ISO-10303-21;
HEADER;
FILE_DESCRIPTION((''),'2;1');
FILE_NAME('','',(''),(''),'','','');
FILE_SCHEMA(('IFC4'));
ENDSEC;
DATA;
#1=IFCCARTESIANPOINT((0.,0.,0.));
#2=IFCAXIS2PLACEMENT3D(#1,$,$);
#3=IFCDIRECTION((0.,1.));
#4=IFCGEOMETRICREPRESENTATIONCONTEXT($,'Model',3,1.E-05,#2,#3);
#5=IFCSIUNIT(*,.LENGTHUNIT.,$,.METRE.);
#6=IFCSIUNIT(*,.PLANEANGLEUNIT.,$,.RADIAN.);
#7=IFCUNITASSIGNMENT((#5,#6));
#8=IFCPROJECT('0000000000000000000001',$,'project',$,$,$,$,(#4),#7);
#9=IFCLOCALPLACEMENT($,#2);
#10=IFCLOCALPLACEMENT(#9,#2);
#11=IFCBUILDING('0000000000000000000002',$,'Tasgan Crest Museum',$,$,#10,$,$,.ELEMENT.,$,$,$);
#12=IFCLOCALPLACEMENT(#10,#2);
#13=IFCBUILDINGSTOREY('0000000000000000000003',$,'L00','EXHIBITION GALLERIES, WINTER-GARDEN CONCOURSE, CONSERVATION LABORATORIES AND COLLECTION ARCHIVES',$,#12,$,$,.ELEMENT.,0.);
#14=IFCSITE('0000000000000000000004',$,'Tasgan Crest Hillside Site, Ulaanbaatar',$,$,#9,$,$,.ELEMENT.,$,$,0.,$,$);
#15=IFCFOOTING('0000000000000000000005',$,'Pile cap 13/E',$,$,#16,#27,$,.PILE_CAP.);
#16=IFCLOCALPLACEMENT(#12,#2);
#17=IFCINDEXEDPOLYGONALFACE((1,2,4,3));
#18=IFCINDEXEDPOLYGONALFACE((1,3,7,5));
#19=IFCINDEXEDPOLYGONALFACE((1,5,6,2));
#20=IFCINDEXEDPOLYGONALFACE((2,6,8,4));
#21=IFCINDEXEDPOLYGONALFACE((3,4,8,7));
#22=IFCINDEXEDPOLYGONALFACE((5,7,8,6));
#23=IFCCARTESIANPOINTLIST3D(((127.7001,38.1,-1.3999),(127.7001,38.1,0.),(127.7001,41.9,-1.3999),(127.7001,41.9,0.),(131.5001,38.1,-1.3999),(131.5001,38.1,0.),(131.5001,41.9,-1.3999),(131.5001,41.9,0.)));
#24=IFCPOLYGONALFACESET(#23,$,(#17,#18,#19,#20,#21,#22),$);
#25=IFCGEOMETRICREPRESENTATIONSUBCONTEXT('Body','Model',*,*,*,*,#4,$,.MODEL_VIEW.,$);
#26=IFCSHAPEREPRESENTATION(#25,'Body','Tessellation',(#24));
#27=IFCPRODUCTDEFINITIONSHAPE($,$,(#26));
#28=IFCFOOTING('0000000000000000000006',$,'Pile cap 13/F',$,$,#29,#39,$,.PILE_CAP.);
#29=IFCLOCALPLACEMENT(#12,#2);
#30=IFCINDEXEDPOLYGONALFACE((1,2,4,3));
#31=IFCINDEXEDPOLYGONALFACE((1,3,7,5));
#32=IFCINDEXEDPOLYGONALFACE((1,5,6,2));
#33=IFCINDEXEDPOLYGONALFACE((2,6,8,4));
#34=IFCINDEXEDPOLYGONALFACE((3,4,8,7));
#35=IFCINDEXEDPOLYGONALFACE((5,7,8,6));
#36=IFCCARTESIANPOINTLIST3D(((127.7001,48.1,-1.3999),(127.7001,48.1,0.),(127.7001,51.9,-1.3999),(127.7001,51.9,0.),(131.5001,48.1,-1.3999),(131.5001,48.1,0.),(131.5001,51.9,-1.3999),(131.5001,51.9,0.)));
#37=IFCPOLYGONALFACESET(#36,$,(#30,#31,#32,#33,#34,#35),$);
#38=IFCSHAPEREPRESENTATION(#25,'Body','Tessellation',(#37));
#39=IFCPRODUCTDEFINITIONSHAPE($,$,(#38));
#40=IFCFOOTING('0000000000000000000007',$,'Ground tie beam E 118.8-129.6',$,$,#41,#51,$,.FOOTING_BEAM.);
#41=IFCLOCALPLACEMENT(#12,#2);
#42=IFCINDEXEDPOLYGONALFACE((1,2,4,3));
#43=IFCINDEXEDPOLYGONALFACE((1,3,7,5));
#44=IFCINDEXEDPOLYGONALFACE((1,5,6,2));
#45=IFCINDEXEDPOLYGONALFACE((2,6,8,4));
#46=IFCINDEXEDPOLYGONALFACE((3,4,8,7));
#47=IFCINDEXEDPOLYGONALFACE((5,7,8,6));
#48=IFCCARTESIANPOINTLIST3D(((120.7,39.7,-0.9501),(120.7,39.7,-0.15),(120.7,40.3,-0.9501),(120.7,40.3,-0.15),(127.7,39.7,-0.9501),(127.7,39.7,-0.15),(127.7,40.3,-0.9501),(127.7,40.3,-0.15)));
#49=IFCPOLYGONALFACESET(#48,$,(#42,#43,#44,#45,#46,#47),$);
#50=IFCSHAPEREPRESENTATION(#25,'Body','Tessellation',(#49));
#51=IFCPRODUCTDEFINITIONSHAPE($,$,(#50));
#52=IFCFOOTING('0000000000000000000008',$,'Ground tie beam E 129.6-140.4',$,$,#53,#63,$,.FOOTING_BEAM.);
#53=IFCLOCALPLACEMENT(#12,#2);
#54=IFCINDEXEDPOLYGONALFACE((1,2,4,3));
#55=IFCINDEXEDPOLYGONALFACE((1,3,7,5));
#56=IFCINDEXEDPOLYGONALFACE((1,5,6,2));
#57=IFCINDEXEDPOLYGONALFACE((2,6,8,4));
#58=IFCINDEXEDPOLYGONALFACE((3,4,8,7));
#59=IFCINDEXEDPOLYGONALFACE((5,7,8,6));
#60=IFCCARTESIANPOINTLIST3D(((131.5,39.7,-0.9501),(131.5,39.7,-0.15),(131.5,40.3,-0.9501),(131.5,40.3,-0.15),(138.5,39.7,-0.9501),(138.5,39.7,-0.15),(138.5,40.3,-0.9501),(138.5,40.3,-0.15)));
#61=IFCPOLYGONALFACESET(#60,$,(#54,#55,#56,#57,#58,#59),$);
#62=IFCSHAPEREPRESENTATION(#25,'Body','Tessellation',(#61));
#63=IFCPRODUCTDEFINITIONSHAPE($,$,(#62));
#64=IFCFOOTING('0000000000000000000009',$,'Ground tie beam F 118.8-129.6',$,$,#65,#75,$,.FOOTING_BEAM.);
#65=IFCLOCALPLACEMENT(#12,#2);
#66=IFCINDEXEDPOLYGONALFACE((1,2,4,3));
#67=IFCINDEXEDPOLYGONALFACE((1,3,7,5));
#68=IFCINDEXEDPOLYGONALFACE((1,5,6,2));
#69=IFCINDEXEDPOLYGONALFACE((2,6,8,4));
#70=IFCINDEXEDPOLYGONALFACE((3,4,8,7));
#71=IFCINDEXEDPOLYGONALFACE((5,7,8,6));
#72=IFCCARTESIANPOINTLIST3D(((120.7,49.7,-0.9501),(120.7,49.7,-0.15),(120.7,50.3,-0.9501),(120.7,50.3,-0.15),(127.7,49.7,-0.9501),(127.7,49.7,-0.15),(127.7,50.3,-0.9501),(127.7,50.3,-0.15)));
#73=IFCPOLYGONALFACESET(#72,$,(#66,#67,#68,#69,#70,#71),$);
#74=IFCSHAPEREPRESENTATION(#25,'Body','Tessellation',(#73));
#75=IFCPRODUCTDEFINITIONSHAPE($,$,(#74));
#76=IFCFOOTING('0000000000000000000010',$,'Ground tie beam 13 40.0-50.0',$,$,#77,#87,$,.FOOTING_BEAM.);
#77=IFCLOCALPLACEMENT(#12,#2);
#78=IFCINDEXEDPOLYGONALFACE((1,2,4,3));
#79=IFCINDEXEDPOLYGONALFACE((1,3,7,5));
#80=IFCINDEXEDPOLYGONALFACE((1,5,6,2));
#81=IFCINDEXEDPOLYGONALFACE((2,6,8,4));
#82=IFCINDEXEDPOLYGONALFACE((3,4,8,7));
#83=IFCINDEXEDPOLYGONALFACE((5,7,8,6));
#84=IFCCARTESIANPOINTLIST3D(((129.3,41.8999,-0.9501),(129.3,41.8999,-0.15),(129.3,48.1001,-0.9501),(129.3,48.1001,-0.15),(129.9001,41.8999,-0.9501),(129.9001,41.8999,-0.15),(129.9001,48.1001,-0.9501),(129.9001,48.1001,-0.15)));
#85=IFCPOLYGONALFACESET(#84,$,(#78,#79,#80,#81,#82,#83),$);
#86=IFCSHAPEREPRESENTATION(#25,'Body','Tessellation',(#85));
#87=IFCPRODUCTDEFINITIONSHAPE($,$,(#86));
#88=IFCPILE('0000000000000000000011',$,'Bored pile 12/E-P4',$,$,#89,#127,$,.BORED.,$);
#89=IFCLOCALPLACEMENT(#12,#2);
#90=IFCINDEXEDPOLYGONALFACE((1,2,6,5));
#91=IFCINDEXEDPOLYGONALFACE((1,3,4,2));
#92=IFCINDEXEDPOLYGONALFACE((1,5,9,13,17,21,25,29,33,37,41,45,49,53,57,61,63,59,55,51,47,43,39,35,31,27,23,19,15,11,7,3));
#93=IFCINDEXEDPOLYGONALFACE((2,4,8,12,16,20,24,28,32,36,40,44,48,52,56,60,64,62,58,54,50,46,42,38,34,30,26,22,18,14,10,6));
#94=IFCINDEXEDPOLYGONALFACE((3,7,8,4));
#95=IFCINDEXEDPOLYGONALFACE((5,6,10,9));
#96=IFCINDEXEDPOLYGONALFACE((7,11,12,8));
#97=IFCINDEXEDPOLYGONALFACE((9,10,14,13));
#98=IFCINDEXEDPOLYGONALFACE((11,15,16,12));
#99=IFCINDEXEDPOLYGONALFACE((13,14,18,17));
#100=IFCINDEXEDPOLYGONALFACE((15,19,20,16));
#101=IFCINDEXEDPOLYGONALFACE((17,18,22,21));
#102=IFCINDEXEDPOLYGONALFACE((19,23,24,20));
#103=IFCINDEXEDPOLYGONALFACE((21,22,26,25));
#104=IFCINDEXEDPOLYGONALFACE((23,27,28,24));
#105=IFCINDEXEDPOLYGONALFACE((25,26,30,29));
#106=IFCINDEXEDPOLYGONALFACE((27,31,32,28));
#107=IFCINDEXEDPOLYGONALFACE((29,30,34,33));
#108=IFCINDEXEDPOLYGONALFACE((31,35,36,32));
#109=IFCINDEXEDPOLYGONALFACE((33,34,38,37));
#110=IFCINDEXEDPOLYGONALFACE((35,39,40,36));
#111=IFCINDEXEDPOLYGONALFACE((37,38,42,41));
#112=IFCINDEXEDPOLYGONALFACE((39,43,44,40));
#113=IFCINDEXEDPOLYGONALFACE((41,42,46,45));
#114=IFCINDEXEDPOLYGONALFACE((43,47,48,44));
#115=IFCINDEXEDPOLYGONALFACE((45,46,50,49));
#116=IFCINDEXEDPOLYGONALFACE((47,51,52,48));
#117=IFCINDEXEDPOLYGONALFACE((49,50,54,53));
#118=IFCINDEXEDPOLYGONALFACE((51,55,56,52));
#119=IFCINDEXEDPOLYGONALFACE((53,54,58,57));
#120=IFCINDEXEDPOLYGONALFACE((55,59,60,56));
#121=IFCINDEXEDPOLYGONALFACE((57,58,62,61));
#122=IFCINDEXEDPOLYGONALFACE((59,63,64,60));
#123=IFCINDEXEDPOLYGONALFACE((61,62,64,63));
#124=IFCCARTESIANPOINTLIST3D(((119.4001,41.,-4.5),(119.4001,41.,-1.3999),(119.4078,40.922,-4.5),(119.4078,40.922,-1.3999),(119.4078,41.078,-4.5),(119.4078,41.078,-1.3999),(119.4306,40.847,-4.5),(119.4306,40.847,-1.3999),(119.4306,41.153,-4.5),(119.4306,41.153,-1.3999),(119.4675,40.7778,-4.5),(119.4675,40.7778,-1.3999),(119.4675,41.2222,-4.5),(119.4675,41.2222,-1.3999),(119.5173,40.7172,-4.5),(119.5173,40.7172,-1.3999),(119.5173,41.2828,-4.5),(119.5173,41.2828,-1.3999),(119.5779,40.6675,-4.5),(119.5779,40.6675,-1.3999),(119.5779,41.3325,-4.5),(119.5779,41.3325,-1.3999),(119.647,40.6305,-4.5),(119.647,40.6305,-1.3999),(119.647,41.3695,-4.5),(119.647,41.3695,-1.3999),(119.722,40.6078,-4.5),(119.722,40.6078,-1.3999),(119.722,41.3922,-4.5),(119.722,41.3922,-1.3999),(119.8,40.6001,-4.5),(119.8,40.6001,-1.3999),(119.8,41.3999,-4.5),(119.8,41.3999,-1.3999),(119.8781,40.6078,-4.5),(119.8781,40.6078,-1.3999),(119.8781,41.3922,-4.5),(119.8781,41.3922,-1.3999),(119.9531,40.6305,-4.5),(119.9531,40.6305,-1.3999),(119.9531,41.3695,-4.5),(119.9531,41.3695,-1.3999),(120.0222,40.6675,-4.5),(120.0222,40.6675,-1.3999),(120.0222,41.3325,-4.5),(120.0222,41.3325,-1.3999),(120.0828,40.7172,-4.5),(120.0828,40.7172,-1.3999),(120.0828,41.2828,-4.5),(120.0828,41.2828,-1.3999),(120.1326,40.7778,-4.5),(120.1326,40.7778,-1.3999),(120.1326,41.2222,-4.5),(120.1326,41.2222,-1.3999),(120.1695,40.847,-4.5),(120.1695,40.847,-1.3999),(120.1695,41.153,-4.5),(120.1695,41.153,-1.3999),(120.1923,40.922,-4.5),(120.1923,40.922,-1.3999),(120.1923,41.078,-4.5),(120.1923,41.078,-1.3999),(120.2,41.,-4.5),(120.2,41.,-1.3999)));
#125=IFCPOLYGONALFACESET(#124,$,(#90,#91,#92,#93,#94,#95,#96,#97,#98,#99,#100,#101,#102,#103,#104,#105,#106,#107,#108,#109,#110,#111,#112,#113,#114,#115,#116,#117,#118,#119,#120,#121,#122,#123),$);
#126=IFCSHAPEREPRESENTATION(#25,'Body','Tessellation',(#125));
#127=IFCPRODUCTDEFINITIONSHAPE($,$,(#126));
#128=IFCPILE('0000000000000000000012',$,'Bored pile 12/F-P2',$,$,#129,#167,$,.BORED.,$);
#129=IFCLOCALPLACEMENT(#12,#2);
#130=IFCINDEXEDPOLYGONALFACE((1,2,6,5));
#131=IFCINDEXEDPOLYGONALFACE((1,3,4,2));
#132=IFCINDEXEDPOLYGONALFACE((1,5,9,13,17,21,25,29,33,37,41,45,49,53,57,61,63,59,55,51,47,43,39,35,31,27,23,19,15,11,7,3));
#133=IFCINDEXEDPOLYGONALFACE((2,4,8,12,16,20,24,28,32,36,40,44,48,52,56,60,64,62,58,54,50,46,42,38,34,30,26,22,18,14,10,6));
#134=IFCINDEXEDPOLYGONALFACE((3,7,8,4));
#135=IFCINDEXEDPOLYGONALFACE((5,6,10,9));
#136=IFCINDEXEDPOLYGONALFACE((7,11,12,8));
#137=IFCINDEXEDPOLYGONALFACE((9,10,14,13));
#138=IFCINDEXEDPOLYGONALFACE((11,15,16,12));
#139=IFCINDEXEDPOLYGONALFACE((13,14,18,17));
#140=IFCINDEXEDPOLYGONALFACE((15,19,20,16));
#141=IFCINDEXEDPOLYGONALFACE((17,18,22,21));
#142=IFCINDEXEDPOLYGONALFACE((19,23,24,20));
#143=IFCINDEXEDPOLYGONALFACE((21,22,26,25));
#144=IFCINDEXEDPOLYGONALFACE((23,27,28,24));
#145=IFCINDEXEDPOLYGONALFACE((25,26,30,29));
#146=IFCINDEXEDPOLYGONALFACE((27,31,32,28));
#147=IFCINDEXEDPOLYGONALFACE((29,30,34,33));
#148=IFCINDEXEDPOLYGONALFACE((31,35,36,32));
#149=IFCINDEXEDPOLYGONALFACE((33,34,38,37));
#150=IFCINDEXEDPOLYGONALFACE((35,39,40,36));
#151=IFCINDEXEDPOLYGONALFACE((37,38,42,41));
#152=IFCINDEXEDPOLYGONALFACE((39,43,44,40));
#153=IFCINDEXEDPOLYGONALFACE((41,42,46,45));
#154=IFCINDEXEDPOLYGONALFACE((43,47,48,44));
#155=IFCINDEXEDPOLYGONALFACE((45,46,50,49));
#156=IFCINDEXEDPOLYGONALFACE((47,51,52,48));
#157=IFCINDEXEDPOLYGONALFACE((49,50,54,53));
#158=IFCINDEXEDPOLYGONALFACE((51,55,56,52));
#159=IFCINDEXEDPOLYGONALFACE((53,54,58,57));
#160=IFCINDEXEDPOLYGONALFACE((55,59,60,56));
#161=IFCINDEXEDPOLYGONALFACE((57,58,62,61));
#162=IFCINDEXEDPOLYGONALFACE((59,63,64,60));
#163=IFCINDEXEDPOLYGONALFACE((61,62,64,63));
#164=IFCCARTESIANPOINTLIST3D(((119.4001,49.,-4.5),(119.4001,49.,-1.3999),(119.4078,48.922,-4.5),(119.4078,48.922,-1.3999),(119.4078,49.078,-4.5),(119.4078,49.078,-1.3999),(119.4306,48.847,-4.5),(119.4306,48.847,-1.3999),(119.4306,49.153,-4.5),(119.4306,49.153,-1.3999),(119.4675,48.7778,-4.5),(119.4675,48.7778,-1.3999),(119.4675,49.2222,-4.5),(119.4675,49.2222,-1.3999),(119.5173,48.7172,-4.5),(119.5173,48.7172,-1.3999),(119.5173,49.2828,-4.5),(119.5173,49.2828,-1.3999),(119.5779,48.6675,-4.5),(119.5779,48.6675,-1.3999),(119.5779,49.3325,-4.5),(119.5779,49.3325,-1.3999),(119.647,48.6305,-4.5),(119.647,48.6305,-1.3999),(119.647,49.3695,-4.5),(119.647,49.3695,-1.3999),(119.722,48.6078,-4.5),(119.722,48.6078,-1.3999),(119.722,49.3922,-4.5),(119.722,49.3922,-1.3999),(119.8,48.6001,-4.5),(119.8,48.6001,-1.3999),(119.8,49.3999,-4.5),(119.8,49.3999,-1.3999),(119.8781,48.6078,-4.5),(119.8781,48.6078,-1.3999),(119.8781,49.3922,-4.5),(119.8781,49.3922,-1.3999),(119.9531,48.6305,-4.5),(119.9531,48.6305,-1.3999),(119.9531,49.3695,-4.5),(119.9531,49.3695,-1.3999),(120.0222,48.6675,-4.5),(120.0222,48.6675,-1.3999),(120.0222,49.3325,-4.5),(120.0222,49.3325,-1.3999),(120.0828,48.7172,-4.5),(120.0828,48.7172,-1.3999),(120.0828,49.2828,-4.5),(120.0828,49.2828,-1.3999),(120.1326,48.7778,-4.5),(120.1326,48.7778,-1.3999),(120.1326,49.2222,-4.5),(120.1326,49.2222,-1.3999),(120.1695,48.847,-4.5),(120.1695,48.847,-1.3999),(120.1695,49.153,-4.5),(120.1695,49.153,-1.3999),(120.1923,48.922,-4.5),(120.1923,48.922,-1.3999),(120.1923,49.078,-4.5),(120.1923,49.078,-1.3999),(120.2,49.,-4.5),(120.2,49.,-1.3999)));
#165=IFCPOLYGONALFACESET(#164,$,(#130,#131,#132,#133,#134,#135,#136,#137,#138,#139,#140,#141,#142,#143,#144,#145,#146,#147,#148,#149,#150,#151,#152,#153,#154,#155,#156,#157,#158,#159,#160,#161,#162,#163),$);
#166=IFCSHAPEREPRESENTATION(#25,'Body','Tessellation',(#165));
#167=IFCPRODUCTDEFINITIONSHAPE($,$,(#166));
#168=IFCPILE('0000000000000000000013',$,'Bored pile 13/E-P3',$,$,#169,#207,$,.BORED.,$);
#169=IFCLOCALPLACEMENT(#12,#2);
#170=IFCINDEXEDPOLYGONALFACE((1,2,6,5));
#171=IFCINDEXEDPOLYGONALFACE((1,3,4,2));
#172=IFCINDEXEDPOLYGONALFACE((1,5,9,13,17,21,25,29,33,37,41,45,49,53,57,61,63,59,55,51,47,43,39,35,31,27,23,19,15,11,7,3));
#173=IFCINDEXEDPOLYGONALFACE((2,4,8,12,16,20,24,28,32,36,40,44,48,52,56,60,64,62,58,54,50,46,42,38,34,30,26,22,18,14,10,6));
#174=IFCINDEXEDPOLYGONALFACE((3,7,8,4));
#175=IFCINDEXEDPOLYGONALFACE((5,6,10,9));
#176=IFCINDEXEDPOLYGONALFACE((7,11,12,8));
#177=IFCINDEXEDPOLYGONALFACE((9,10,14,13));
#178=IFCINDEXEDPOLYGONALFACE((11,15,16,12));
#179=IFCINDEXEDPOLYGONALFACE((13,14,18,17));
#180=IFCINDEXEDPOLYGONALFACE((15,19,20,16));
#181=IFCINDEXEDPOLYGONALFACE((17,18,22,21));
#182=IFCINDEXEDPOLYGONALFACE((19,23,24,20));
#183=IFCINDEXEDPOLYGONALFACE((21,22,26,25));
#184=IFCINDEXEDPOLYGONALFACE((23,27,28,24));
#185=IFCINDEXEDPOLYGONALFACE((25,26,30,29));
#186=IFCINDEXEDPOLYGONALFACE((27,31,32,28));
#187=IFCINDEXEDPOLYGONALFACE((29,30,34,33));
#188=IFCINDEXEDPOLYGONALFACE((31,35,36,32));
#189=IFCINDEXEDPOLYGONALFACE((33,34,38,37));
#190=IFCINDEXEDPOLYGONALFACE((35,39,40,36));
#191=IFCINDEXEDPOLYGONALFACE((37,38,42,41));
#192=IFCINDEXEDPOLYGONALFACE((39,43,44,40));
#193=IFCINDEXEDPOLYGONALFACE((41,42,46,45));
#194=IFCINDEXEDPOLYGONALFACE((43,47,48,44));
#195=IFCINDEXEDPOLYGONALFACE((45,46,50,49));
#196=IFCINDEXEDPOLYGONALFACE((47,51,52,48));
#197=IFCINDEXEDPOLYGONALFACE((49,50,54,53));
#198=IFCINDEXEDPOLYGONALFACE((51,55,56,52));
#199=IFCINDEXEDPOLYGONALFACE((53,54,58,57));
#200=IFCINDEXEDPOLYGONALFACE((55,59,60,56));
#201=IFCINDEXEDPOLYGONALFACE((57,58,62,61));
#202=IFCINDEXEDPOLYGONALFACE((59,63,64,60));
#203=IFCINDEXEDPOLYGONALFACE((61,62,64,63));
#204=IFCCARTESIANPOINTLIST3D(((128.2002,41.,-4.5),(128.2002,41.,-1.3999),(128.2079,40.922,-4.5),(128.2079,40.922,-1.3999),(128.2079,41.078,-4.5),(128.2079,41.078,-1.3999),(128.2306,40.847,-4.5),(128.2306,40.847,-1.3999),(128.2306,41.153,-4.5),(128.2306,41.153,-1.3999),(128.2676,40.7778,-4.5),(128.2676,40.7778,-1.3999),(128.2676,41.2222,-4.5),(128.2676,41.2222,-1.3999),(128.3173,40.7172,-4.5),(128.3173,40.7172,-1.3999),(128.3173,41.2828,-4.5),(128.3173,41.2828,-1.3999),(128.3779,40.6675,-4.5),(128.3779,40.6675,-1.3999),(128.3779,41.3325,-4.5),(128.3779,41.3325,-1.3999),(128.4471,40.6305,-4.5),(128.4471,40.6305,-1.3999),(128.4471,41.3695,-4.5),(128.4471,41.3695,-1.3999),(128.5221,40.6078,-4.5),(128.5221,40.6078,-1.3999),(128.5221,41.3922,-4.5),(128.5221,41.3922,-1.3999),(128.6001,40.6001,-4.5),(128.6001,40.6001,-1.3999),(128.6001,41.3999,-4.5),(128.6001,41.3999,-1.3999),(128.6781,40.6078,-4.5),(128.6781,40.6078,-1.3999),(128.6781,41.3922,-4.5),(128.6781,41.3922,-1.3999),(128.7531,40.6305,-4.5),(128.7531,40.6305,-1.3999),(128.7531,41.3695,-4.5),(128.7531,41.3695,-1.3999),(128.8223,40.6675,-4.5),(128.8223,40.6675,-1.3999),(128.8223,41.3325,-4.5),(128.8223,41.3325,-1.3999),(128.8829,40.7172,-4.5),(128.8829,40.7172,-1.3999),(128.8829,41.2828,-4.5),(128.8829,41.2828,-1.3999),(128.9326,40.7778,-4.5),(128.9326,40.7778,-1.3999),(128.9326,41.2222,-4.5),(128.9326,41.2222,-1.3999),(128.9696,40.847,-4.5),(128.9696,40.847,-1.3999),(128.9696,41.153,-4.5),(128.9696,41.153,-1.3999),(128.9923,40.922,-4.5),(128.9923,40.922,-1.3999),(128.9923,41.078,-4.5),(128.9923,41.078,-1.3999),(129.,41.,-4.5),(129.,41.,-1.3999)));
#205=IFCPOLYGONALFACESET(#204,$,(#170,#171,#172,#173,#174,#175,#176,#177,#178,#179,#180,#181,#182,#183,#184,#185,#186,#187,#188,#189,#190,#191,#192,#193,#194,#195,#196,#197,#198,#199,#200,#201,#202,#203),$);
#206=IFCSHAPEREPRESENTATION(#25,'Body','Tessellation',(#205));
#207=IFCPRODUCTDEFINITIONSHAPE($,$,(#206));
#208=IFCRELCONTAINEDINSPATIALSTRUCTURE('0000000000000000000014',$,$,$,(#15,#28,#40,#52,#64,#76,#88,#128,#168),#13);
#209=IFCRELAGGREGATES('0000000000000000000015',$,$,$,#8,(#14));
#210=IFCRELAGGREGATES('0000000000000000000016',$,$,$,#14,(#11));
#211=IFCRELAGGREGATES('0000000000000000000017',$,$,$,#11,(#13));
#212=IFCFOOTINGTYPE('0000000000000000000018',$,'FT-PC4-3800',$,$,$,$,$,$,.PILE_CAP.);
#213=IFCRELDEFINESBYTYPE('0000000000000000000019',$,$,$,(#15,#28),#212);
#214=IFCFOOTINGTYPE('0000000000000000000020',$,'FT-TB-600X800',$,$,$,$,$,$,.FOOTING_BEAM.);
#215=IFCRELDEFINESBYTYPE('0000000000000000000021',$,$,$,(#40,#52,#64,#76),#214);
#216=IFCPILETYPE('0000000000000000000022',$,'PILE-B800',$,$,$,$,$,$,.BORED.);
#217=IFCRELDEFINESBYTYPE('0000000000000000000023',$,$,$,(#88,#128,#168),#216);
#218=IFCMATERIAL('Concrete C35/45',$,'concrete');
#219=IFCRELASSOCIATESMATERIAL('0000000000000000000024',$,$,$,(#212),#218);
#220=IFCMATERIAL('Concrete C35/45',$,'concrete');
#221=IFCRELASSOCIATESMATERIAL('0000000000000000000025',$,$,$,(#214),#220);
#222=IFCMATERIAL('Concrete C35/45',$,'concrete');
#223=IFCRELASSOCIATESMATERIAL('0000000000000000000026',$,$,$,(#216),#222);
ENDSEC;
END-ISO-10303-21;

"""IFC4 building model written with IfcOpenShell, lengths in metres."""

from ifc_helpers import new_model, si_unit, direction, frame, origin, origin_2d, place, context, subcontext, project, spatial, rectangle, circle, extrude, material, material_profile, profile_set, type_object, element, save


model = new_model("IFC4")

# Units and contexts
model_context = context("Model", 3, precision=1e-05, world=origin(), true_north=direction((0.0, 1.0)))
body_context = subcontext(model_context, "Body", "Model", "MODEL_VIEW")
ifc_project = project(units=[si_unit("LENGTHUNIT", "METRE"), si_unit("PLANEANGLEUNIT", "RADIAN")], contexts=[model_context])

# Site, building, storey
site_placement = place(None, origin())
site = spatial("IfcSite", under=ifc_project, at=site_placement, Name="Tasgan Crest Hillside Site, Ulaanbaatar", CompositionType="ELEMENT", RefElevation=0.0)
building_placement = place(site_placement, origin())
building = spatial("IfcBuilding", under=site, at=building_placement, Name="Tasgan Crest Museum", CompositionType="ELEMENT")
storey_placement = place(building_placement, origin())
storey = spatial("IfcBuildingStorey", under=building, at=storey_placement, Name="L00", Description="EXHIBITION GALLERIES, WINTER-GARDEN CONCOURSE, CONSERVATION LABORATORIES AND COLLECTION ARCHIVES", CompositionType="ELEMENT", Elevation=0.0)

# Footings
ifc_material_1 = material(Name="Concrete C35/45", Category="concrete")
footing_type_1 = type_object("IfcFootingType", Name="FT-PC4-3800", PredefinedType="PILE_CAP", material=ifc_material_1)
for number, where, z_axis, x_axis, name in (
    (1, (129.6001, 40.0, -1.3999), (0.0, 0.0, 1.0), (1.0, 0.0, 0.0), "Pile cap 13/E"),
    (2, (129.6001, 50.0, -1.3999), (0.0, 0.0, 1.0), (1.0, 0.0, 0.0), "Pile cap 13/F"),
):
    element("IfcFooting", number, at=place(storey_placement, frame(where, z_axis=z_axis, x_axis=x_axis)), inside=storey, type_object=footing_type_1, Name=name, PredefinedType="PILE_CAP", context=body_context, shape_type="SweptSolid", body=[
        extrude(rectangle(XDim=3.8, YDim=3.8, at=origin_2d()), origin(), (0.0, 0.0, 1.0), 1.3999),
    ])
ifc_material_2 = material(Name="Concrete C35/45", Category="concrete")
ifc_material_profile_1 = material_profile(ifc_material_2, rectangle(XDim=0.6001, YDim=0.8, at=origin_2d()), Name="TB 600x800")
ifc_profile_set_1 = profile_set([ifc_material_profile_1], Name="Concrete C35/45")
footing_type_2 = type_object("IfcFootingType", Name="FT-TB-600X800", PredefinedType="FOOTING_BEAM", material=ifc_profile_set_1)
for number, where, z_axis, x_axis, name in (
    (3, (120.7, 40.0, -0.55), (1.0, 0.0, 0.0), (0.0, 1.0, 0.0), "Ground tie beam E 118.8-129.6"),
    (4, (131.5, 40.0, -0.55), (1.0, 0.0, 0.0), (0.0, 1.0, 0.0), "Ground tie beam E 129.6-140.4"),
    (5, (120.7, 50.0, -0.55), (1.0, 0.0, 0.0), (0.0, 1.0, 0.0), "Ground tie beam F 118.8-129.6"),
):
    element("IfcFooting", number, at=place(storey_placement, frame(where, z_axis=z_axis, x_axis=x_axis)), inside=storey, type_object=footing_type_2, Name=name, PredefinedType="FOOTING_BEAM", context=body_context, shape_type="SweptSolid", body=[
        extrude(rectangle(XDim=0.6001, YDim=0.8, at=origin_2d()), origin(), (0.0, 0.0, 1.0), 7.0),
    ])
footing_placement = place(storey_placement, frame((129.6001, 41.8999, -0.55), z_axis=(0.0, 1.0, 0.0), x_axis=(-1.0, 0.0, 0.0)))
element("IfcFooting", 6, at=footing_placement, inside=storey, type_object=footing_type_2, Name="Ground tie beam 13 40.0-50.0", PredefinedType="FOOTING_BEAM", context=body_context, shape_type="SweptSolid", body=[
    extrude(rectangle(XDim=0.6001, YDim=0.8, at=origin_2d()), origin(), (0.0, 0.0, 1.0), 6.2002),
])

# Piles
ifc_material_3 = material(Name="Concrete C35/45", Category="concrete")
ifc_material_profile_2 = material_profile(ifc_material_3, circle(Radius=0.3999, at=origin_2d()), Name="PILE D800")
ifc_profile_set_2 = profile_set([ifc_material_profile_2], Name="Concrete C35/45")
pile_type = type_object("IfcPileType", Name="PILE-B800", PredefinedType="BORED", material=ifc_profile_set_2)
for number, where, z_axis, x_axis, name in (
    (7, (119.8, 41.0, -1.3999), (0.0, 0.0, -1.0), (1.0, 0.0, 0.0), "Bored pile 12/E-P4"),
    (8, (119.8, 49.0, -1.3999), (0.0, 0.0, -1.0), (1.0, 0.0, 0.0), "Bored pile 12/F-P2"),
    (9, (128.6001, 41.0, -1.3999), (0.0, 0.0, -1.0), (1.0, 0.0, 0.0), "Bored pile 13/E-P3"),
):
    element("IfcPile", number, at=place(storey_placement, frame(where, z_axis=z_axis, x_axis=x_axis)), inside=storey, type_object=pile_type, Name=name, PredefinedType="BORED", context=body_context, shape_type="SweptSolid", body=[
        extrude(circle(Radius=0.3999, at=origin_2d()), origin(), (0.0, 0.0, 1.0), 3.1001),
    ])

save(model, "model.ifc")
